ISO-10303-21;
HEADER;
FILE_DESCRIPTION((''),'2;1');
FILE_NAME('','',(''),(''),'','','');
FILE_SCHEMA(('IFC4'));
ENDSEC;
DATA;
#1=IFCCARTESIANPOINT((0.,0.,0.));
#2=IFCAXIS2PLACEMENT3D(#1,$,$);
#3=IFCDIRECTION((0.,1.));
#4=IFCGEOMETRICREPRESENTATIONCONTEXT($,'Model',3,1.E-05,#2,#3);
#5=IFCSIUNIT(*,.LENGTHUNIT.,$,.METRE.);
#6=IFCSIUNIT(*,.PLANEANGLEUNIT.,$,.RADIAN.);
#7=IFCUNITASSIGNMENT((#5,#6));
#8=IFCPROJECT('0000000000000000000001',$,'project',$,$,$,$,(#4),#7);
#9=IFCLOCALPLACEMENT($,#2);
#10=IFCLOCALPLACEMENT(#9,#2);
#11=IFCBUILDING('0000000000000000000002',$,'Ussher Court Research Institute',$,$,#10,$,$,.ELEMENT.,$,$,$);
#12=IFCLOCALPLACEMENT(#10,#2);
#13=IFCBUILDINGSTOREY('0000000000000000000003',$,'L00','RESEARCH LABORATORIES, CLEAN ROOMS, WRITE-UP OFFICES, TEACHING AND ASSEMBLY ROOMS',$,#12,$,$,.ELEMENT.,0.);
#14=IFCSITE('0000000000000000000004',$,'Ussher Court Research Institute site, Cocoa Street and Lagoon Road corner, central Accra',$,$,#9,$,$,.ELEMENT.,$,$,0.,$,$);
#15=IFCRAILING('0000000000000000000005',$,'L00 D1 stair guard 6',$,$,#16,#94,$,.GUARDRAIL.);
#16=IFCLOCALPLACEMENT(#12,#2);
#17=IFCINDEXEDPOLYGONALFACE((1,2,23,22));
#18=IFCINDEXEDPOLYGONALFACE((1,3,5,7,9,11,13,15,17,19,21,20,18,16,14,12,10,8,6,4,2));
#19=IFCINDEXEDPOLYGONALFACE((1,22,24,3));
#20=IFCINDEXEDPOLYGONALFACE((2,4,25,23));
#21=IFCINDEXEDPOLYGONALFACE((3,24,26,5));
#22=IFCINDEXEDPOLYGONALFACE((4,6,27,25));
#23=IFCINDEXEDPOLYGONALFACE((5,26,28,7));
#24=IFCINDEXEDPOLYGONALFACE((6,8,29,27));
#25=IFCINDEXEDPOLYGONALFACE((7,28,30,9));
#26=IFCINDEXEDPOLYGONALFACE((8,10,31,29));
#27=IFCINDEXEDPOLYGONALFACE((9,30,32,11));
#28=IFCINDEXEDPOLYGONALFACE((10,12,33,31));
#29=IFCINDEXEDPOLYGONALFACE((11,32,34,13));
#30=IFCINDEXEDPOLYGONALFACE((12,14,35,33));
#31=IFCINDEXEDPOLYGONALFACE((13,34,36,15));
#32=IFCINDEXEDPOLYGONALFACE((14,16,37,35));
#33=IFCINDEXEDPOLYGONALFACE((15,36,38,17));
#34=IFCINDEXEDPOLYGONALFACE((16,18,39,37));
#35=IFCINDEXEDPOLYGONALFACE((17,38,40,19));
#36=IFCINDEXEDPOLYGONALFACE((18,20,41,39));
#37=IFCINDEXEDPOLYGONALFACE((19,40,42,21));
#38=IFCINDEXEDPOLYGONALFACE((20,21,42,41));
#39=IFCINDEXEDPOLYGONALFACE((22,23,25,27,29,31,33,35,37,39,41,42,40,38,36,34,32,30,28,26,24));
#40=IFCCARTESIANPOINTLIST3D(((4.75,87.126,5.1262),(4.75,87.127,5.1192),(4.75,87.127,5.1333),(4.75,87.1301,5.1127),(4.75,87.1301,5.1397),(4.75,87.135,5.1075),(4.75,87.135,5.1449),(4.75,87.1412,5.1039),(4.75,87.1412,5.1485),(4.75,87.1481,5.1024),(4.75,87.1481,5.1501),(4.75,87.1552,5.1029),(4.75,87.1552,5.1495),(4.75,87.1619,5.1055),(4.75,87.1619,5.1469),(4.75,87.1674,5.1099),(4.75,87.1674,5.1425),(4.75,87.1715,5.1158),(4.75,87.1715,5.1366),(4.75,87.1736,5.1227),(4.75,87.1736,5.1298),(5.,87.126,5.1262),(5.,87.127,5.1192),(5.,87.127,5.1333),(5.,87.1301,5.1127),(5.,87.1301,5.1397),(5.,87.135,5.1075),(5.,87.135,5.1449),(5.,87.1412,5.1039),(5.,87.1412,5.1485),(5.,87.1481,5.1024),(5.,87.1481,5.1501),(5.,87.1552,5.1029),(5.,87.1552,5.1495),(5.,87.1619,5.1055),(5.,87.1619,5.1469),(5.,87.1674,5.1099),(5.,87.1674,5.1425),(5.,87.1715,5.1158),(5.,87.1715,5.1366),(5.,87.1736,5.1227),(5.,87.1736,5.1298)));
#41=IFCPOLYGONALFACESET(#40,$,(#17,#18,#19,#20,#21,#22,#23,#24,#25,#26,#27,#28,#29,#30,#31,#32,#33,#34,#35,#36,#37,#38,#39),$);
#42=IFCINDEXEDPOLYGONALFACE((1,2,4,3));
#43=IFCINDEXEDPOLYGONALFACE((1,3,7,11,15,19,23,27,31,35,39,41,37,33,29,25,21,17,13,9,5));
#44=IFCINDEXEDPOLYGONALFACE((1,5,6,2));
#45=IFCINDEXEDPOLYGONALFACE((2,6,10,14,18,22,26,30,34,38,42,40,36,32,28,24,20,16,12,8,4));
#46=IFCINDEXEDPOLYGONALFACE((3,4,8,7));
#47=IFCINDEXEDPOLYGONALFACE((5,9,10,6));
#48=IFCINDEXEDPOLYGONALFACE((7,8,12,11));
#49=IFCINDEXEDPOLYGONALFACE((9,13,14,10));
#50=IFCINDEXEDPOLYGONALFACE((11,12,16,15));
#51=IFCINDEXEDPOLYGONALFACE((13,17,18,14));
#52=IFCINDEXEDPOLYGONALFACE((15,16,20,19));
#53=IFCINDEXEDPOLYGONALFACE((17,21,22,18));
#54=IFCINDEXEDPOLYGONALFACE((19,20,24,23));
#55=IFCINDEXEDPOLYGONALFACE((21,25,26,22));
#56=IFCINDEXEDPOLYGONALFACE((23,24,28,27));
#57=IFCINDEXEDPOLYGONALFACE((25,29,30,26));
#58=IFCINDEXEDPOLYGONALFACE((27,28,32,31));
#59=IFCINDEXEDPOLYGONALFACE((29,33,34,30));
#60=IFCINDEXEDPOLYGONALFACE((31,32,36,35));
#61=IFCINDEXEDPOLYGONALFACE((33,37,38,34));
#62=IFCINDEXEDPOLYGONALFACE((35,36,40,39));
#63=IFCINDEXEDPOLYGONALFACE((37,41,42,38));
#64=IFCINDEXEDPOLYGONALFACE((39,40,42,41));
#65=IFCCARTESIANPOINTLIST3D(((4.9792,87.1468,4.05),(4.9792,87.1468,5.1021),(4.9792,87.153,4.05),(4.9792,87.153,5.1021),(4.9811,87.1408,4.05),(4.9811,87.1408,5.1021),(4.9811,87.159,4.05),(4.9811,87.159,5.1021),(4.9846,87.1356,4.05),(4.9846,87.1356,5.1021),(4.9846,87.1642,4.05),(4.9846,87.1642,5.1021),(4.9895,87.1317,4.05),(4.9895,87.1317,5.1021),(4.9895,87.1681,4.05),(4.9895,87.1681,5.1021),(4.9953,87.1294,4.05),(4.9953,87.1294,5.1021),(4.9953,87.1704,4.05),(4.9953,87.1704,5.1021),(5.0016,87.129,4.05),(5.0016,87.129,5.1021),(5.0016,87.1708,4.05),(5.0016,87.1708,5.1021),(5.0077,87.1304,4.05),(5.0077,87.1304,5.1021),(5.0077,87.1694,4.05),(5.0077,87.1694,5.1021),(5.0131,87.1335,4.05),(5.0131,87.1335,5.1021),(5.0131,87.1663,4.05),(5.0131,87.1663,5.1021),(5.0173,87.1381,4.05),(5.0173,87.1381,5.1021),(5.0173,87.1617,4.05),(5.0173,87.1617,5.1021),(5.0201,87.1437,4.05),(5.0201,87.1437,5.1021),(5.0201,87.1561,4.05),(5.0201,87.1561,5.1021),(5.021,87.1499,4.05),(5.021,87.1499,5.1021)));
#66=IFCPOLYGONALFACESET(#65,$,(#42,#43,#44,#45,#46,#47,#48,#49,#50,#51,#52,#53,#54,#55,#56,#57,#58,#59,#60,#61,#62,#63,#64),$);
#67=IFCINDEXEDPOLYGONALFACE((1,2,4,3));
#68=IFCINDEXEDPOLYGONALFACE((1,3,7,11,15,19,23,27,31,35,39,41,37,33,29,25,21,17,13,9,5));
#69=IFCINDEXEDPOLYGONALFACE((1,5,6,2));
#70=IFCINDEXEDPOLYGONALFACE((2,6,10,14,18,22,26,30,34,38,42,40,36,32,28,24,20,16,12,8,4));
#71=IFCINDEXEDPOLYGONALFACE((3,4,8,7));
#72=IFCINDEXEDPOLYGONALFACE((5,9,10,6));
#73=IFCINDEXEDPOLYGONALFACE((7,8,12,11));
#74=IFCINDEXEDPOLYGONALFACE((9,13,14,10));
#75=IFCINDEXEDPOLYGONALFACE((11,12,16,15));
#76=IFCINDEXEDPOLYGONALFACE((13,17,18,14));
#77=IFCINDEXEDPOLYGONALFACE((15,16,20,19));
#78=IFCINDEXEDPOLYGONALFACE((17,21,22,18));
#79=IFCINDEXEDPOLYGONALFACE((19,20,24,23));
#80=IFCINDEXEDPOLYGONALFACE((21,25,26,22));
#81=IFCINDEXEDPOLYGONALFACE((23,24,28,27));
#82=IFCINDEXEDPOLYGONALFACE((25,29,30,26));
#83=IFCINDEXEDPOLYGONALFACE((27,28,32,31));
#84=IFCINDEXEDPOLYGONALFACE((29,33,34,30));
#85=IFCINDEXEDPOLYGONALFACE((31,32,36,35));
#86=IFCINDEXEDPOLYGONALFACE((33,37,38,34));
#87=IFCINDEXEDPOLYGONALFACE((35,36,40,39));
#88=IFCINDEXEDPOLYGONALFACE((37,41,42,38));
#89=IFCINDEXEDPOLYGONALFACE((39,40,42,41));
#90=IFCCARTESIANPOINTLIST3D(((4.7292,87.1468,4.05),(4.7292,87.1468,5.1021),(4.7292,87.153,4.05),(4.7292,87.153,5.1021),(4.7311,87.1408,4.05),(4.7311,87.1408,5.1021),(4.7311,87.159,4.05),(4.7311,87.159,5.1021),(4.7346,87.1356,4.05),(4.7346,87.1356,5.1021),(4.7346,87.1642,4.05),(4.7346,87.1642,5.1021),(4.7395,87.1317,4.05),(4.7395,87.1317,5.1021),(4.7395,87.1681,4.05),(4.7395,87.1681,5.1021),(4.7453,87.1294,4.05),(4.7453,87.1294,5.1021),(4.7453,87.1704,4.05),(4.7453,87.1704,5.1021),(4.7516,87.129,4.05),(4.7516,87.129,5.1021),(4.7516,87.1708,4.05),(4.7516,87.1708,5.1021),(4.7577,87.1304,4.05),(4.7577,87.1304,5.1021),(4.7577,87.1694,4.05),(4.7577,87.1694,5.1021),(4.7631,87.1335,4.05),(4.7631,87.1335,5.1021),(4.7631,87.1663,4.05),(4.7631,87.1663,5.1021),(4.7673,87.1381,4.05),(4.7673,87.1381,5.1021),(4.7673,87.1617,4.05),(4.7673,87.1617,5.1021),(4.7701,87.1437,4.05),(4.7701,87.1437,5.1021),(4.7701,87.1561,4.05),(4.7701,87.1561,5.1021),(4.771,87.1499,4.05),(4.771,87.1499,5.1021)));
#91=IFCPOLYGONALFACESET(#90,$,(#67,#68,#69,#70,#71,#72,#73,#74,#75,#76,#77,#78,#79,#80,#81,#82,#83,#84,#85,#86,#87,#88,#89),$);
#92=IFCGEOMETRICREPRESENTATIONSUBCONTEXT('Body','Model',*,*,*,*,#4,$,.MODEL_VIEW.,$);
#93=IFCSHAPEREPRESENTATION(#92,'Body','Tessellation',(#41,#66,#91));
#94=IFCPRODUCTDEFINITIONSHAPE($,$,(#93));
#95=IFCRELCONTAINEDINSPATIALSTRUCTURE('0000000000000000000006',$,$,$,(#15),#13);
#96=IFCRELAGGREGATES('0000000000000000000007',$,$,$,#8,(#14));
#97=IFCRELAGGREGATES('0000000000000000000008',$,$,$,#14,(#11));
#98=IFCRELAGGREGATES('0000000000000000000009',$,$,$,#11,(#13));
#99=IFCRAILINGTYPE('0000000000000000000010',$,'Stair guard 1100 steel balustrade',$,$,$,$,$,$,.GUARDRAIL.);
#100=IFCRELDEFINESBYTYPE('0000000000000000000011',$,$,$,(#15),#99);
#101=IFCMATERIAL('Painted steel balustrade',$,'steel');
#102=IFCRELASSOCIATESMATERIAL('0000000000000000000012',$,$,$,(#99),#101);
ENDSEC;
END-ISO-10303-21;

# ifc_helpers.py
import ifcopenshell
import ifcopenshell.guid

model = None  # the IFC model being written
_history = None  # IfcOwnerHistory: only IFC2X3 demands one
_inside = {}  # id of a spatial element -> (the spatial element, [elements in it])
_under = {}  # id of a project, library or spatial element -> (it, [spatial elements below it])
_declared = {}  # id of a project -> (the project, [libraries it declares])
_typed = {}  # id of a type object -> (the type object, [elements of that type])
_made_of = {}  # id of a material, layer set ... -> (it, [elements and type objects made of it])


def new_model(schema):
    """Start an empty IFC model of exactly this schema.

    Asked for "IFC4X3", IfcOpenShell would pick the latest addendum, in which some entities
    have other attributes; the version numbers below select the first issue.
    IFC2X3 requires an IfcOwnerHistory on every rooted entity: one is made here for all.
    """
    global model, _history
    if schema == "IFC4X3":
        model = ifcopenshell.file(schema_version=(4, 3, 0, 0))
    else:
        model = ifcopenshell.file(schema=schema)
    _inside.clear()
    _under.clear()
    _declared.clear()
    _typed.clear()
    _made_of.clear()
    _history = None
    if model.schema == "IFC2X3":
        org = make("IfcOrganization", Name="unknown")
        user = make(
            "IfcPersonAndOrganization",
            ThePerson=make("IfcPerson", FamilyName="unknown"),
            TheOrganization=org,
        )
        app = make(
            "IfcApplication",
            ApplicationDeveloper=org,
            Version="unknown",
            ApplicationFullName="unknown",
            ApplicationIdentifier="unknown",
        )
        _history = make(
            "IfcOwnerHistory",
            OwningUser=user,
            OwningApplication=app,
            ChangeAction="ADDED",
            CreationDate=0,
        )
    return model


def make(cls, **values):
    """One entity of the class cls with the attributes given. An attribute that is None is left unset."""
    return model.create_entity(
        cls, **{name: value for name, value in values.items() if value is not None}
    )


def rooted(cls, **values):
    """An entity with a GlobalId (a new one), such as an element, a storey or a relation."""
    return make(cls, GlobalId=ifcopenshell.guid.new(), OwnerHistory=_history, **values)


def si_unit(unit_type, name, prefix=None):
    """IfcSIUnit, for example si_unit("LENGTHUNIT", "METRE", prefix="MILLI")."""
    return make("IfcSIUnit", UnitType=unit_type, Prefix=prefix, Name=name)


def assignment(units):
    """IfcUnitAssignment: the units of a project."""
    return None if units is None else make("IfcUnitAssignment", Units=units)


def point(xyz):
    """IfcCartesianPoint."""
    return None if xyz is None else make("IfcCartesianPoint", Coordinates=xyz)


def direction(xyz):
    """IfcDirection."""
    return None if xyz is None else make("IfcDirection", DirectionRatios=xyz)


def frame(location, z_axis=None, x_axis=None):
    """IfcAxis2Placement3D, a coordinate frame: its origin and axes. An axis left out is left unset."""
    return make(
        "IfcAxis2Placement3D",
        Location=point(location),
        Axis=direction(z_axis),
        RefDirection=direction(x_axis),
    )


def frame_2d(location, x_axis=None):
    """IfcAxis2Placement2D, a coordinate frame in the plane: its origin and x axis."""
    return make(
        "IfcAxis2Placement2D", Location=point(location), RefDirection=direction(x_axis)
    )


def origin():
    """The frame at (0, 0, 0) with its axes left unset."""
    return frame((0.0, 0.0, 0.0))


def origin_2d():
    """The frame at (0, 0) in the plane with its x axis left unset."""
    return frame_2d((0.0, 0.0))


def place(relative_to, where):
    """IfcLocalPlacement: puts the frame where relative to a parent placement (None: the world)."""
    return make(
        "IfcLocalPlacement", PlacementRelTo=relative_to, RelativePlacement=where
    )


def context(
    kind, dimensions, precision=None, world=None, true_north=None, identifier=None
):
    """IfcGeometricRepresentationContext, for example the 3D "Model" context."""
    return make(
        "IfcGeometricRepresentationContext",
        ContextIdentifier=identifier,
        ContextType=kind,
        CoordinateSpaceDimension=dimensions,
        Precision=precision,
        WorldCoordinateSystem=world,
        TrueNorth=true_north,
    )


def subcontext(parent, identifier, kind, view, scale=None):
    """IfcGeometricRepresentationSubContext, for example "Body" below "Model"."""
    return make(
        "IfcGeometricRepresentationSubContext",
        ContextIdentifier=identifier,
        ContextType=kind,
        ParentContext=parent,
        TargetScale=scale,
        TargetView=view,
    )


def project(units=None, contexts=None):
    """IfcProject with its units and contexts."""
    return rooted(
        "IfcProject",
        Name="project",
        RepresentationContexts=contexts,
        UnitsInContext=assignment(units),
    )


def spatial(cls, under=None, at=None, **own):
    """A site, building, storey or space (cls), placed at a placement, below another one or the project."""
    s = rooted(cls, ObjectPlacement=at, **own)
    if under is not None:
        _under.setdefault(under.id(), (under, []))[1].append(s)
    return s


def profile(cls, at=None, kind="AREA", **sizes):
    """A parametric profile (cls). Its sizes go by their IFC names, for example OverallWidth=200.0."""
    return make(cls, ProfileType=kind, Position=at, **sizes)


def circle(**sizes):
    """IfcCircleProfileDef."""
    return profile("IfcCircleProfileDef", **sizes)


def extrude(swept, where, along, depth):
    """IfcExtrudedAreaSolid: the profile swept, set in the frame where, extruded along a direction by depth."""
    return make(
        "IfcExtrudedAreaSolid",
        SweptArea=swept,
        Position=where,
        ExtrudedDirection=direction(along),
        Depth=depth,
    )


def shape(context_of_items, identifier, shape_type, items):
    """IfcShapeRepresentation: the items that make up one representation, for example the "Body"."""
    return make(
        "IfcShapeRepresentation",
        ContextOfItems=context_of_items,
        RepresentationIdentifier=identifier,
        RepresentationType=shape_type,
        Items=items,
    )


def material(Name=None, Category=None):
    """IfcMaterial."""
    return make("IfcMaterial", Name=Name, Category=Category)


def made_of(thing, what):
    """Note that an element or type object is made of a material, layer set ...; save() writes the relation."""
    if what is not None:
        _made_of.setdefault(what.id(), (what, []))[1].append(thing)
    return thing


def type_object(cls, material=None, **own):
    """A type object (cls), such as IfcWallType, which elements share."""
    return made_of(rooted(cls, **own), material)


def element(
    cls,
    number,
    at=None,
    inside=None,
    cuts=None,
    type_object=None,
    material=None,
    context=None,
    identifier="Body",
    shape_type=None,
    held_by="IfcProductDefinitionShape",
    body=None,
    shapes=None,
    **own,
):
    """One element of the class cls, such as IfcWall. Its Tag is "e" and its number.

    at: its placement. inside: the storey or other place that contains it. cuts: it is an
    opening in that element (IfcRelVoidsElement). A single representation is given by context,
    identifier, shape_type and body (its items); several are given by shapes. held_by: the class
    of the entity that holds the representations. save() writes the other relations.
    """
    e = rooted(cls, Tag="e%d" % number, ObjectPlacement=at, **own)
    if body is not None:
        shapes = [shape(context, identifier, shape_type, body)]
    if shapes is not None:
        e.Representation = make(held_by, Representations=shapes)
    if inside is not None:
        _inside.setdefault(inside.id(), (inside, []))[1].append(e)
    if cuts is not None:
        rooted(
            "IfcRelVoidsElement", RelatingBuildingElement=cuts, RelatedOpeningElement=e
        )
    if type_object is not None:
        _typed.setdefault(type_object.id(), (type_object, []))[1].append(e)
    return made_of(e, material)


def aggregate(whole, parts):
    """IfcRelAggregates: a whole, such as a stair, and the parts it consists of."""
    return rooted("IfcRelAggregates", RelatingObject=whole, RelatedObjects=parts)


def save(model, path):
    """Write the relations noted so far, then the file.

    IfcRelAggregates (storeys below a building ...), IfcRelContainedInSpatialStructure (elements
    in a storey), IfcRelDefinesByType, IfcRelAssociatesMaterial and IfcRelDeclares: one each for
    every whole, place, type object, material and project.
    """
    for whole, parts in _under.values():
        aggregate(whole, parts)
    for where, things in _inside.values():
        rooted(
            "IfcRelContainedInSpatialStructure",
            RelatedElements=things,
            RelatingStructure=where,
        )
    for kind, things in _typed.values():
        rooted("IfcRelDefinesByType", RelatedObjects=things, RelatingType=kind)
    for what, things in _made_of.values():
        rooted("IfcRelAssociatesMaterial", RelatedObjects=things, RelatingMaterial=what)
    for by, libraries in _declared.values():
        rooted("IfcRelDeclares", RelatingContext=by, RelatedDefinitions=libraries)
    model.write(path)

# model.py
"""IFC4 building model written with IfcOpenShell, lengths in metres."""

from ifc_helpers import new_model, si_unit, direction, frame, origin, origin_2d, place, context, subcontext, project, spatial, circle, extrude, material, type_object, element, save


model = new_model("IFC4")

# Units and contexts
model_context = context("Model", 3, precision=1e-05, world=origin(), true_north=direction((0.0, 1.0)))
body_context = subcontext(model_context, "Body", "Model", "MODEL_VIEW")
ifc_project = project(units=[si_unit("LENGTHUNIT", "METRE"), si_unit("PLANEANGLEUNIT", "RADIAN")], contexts=[model_context])

# Site, building, storey
site_placement = place(None, origin())
site = spatial("IfcSite", under=ifc_project, at=site_placement, Name="Ussher Court Research Institute site, Cocoa Street and Lagoon Road corner, central Accra", CompositionType="ELEMENT", RefElevation=0.0)
building_placement = place(site_placement, origin())
building = spatial("IfcBuilding", under=site, at=building_placement, Name="Ussher Court Research Institute", CompositionType="ELEMENT")
storey_placement = place(building_placement, origin())
storey = spatial("IfcBuildingStorey", under=building, at=storey_placement, Name="L00", Description="RESEARCH LABORATORIES, CLEAN ROOMS, WRITE-UP OFFICES, TEACHING AND ASSEMBLY ROOMS", CompositionType="ELEMENT", Elevation=0.0)

# Railing
ifc_material_1 = material(Name="Painted steel balustrade", Category="steel")
railing_type_1 = type_object("IfcRailingType", Name="Stair guard 1100 steel balustrade", PredefinedType="GUARDRAIL", material=ifc_material_1)
railing_1_placement = place(storey_placement, frame((5.0, 87.1499, 4.05)))
element("IfcRailing", 1, at=railing_1_placement, inside=storey, type_object=railing_type_1, Name="L00 D1 stair guard 6", PredefinedType="GUARDRAIL", context=body_context, shape_type="SweptSolid", body=[
    extrude(circle(Radius=0.0239, at=origin_2d()), frame((0.0, 0.0, 1.0762), z_axis=(-1.0, 0.0, 0.0), x_axis=(0.0, -1.0, 0.0)), (0.0, 0.0, 1.0), 0.25),
    extrude(circle(Radius=0.021, at=origin_2d()), origin(), (0.0, 0.0, 1.0), 1.052),
    extrude(circle(Radius=0.021, at=origin_2d()), frame((-0.25, 0.0, 0.0)), (0.0, 0.0, 1.0), 1.052),
])

save(model, "model.ifc")
